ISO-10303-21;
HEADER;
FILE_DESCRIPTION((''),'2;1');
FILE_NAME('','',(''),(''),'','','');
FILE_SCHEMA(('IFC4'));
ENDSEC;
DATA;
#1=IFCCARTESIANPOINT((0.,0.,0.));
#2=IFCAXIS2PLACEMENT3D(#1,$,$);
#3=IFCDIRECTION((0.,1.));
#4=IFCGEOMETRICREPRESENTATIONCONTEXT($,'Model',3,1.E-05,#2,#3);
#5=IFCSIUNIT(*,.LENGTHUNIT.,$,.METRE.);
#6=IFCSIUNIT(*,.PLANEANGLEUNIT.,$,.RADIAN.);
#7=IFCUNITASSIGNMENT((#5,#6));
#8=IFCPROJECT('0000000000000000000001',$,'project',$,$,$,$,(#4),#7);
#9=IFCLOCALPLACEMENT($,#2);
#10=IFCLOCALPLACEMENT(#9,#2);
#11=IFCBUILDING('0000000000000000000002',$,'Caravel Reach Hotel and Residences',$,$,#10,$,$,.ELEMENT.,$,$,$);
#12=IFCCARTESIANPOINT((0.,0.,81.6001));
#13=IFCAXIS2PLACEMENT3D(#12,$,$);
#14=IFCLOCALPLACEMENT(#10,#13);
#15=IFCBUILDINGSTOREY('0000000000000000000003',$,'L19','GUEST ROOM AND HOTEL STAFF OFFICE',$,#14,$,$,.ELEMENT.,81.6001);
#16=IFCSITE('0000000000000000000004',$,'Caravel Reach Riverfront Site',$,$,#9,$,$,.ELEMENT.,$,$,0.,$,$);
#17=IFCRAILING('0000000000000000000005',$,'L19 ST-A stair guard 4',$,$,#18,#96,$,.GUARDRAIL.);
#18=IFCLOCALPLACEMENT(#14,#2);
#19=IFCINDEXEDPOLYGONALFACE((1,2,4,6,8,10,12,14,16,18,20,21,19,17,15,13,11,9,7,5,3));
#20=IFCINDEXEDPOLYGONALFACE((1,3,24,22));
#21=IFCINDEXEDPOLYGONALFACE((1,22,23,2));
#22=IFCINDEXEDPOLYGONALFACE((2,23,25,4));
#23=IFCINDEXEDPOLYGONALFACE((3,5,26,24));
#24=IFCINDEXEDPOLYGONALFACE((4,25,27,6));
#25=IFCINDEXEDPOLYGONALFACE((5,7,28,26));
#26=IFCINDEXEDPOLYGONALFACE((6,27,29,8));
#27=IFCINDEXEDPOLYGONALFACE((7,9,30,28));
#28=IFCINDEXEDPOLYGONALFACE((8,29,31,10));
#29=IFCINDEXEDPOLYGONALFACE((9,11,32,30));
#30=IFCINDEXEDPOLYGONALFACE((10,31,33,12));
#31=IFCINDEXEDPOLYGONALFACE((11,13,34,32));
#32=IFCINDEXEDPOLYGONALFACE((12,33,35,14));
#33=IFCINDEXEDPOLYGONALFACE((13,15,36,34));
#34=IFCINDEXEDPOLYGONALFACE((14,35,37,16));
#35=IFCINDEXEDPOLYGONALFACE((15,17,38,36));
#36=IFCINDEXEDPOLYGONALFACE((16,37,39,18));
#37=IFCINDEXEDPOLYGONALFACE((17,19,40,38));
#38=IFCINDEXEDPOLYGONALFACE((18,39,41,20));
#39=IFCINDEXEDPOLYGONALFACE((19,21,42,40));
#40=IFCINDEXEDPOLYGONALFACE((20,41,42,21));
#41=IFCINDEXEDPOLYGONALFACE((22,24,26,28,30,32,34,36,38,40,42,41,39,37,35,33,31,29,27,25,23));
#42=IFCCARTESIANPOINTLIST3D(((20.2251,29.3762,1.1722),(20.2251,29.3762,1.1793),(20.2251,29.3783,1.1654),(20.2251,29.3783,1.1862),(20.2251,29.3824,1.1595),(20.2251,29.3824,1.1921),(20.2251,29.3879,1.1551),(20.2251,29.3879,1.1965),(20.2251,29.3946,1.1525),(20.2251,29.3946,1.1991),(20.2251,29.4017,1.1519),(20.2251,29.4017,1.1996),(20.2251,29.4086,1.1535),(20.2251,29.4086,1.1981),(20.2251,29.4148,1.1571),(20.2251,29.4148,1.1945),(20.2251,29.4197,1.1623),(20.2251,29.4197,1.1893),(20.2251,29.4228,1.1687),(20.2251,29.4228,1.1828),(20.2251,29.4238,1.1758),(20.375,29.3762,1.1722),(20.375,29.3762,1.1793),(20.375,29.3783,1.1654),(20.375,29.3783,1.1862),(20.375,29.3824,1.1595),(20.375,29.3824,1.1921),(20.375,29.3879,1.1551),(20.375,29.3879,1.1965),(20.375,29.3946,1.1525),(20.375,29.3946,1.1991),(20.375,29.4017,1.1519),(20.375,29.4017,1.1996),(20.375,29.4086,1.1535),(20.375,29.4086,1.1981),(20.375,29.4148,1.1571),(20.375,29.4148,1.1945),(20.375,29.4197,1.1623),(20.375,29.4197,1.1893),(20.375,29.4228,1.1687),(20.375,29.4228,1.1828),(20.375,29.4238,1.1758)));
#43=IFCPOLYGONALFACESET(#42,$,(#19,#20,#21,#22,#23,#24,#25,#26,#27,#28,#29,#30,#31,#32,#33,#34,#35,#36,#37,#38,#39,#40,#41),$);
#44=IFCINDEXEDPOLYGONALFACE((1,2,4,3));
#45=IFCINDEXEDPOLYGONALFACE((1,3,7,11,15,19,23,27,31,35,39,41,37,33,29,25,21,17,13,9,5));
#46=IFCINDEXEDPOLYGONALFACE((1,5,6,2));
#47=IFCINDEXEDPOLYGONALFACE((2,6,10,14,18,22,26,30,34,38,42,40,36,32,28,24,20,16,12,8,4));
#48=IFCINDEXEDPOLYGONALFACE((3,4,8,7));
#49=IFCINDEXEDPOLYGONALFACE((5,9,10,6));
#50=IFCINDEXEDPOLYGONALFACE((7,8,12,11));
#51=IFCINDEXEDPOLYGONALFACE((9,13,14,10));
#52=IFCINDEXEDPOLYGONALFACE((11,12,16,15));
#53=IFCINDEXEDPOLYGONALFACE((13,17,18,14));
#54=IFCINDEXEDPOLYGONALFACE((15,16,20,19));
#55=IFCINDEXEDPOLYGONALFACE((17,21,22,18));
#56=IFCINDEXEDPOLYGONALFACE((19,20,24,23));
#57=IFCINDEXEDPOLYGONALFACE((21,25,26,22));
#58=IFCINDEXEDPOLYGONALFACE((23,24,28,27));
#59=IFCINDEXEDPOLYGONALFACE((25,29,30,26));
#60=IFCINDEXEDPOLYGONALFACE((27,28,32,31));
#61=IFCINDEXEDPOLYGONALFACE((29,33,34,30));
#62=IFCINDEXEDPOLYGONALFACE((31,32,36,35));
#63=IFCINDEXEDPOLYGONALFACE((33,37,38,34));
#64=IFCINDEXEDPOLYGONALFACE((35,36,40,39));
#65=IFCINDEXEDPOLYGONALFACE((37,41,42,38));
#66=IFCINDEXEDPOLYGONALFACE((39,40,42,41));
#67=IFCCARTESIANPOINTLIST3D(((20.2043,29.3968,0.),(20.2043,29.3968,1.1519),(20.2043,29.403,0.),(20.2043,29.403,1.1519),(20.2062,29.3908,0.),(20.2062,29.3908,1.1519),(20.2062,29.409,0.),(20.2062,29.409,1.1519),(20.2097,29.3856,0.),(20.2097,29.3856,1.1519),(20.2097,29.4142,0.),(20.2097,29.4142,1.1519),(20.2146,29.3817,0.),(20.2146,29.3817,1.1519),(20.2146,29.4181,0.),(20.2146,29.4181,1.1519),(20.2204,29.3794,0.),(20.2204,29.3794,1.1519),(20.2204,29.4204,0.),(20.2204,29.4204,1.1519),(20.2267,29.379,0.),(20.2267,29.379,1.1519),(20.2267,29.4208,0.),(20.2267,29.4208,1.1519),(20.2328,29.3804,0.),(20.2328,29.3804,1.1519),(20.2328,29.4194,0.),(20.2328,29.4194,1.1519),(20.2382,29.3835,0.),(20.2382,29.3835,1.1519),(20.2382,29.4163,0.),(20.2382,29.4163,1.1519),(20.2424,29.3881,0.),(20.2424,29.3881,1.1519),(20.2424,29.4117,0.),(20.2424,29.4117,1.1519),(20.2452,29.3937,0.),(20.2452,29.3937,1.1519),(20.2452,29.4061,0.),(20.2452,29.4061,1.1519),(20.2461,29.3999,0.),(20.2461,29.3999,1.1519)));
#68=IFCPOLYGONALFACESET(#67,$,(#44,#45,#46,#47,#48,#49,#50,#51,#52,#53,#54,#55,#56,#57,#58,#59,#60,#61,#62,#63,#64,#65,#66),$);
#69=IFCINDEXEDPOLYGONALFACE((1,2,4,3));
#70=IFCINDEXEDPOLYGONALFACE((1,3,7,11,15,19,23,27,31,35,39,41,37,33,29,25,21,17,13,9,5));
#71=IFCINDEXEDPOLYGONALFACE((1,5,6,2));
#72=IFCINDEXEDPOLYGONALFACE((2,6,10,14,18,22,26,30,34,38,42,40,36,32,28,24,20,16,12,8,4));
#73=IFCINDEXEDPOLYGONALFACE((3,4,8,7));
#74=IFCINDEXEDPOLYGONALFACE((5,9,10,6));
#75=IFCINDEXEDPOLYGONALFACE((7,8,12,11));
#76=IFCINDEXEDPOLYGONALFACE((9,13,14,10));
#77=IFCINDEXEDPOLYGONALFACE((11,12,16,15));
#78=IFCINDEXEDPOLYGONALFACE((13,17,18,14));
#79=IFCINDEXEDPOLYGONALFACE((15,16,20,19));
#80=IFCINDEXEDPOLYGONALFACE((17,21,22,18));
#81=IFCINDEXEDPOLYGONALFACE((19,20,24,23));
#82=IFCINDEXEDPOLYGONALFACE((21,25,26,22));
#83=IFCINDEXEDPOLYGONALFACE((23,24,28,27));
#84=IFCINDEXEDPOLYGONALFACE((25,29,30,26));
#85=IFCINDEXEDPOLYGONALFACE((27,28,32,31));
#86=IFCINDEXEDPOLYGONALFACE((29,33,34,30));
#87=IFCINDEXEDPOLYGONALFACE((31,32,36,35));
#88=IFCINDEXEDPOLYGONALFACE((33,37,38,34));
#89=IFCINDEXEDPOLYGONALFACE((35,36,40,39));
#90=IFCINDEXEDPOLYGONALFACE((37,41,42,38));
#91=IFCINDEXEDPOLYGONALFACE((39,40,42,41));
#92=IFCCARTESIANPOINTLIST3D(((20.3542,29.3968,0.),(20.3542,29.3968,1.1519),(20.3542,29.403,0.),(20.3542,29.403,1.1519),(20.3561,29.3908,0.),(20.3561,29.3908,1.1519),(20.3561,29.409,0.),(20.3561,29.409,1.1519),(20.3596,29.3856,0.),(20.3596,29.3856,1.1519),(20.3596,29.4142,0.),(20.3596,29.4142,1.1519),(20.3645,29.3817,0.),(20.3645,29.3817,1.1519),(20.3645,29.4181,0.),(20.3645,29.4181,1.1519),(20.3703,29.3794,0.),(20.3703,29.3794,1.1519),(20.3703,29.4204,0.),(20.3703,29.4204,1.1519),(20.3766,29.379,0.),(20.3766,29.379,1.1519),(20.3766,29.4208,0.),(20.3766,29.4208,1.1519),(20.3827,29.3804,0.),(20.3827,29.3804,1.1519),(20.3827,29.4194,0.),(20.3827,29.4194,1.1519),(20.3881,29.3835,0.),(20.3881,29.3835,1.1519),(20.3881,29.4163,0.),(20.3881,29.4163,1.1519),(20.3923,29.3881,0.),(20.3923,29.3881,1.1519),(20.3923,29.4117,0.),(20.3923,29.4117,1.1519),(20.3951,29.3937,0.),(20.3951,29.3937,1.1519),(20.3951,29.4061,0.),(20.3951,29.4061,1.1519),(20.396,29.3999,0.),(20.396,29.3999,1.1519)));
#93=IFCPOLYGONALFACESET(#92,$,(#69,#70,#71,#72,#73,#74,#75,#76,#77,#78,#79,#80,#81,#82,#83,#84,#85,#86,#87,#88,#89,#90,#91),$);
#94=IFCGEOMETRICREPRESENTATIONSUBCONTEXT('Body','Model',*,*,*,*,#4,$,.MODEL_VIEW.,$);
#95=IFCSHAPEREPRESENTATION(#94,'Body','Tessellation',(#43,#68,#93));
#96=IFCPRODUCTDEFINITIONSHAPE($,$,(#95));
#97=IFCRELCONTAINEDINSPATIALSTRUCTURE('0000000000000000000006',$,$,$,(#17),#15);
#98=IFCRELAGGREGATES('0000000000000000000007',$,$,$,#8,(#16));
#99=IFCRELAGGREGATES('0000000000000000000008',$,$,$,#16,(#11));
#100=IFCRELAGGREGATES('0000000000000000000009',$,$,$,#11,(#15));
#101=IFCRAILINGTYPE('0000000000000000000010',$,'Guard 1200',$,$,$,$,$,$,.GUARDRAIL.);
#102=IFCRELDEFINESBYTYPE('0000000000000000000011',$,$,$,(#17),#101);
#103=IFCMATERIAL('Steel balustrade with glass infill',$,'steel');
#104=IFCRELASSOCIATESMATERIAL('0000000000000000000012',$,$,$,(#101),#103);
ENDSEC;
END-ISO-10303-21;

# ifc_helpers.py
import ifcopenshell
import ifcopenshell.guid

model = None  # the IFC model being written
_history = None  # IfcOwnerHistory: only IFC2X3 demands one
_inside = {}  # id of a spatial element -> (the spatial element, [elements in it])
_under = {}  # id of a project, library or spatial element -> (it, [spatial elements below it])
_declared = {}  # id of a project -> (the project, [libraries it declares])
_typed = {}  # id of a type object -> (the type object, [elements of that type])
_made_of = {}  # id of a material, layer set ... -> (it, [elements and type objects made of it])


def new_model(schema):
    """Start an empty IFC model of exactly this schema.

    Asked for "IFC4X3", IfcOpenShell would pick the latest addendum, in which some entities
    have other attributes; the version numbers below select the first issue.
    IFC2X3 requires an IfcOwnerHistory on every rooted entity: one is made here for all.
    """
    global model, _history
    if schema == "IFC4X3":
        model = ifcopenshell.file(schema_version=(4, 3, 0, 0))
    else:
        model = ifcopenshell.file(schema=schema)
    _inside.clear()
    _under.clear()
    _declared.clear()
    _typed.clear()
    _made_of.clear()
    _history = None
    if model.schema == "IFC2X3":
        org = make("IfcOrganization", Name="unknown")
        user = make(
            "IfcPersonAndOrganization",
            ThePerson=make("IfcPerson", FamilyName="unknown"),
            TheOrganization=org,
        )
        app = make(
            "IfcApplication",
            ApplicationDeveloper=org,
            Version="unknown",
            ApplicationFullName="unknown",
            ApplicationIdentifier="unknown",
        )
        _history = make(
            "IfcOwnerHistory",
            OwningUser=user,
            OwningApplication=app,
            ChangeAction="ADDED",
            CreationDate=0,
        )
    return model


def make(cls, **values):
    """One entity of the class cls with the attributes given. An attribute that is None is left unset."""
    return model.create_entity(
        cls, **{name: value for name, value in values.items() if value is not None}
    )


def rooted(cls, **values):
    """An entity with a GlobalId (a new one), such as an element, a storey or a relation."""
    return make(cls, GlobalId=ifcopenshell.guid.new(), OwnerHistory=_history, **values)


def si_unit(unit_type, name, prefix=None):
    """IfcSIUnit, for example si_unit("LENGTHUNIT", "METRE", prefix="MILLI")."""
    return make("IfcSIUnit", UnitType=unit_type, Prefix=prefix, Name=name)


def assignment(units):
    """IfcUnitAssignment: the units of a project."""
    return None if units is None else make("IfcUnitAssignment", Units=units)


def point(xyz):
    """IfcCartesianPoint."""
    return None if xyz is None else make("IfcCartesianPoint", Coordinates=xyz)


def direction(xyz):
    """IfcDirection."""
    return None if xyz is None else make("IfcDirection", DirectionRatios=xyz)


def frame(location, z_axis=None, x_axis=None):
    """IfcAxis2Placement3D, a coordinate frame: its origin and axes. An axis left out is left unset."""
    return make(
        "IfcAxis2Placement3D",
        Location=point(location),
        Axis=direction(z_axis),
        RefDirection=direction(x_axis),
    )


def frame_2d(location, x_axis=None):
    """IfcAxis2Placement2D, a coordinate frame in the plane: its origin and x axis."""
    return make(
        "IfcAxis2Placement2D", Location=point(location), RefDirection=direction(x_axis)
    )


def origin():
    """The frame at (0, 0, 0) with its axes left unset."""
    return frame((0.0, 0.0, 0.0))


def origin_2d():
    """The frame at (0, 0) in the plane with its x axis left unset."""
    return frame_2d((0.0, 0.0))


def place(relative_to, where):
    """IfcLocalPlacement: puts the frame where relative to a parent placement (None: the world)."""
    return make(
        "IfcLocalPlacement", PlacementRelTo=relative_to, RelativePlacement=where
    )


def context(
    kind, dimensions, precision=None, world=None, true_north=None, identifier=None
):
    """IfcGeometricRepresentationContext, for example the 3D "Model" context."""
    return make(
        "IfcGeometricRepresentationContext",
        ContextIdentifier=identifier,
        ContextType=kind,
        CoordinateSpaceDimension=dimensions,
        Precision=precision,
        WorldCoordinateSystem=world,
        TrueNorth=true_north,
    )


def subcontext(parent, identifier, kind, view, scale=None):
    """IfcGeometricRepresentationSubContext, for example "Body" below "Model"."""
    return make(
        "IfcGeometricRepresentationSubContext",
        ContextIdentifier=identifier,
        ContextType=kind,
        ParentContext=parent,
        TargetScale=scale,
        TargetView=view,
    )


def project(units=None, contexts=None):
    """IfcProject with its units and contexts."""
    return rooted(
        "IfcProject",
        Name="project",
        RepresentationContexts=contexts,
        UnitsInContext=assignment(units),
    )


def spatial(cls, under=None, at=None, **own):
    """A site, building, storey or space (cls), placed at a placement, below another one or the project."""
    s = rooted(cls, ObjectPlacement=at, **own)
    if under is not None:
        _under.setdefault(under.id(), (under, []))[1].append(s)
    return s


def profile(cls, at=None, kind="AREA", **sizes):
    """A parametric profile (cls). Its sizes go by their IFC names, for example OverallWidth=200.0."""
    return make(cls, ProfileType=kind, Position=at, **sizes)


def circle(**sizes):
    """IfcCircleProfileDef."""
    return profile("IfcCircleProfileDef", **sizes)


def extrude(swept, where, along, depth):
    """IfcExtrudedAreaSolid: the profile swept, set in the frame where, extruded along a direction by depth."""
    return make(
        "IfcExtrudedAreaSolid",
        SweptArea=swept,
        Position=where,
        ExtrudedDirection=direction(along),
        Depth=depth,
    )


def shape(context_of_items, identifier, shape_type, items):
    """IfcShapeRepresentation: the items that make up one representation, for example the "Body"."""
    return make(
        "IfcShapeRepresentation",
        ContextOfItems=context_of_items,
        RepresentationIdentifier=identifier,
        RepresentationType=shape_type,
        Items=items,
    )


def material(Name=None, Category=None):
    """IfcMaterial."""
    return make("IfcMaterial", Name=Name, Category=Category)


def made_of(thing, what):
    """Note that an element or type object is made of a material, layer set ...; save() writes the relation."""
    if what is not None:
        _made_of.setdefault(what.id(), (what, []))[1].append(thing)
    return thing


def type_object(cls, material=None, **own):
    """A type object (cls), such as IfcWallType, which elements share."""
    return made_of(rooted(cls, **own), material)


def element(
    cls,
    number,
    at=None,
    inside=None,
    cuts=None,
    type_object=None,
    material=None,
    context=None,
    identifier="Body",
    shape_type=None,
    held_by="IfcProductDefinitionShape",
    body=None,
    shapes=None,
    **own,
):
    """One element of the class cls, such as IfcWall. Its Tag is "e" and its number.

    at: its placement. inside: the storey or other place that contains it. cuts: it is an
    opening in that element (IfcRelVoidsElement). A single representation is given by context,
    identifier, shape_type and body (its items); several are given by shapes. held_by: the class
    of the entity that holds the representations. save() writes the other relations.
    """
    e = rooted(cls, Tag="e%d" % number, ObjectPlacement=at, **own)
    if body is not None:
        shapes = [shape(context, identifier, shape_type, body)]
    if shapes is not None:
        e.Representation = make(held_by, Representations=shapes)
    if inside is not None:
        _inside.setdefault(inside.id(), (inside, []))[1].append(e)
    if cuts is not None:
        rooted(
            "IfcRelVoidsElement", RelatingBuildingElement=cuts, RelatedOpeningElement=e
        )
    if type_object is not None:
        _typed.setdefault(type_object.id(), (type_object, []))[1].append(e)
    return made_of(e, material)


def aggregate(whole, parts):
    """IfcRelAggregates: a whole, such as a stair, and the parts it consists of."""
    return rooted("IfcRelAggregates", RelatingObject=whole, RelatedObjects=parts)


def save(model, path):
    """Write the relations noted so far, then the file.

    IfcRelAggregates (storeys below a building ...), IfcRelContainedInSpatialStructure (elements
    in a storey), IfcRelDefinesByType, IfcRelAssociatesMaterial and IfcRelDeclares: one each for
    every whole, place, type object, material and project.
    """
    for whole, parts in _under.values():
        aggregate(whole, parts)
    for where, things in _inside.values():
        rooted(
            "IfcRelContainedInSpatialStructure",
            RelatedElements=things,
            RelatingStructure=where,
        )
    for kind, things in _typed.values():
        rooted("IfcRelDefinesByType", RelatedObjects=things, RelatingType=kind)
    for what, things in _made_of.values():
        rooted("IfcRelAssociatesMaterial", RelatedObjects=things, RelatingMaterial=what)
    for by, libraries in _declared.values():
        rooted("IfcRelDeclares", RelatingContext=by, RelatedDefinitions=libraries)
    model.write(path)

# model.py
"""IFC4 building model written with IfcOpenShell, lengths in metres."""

from ifc_helpers import new_model, si_unit, direction, frame, origin, origin_2d, place, context, subcontext, project, spatial, circle, extrude, material, type_object, element, save


model = new_model("IFC4")

# Units and contexts
model_context = context("Model", 3, precision=1e-05, world=origin(), true_north=direction((0.0, 1.0)))
body_context = subcontext(model_context, "Body", "Model", "MODEL_VIEW")
ifc_project = project(units=[si_unit("LENGTHUNIT", "METRE"), si_unit("PLANEANGLEUNIT", "RADIAN")], contexts=[model_context])

# Site, building, storey
site_placement = place(None, origin())
site = spatial("IfcSite", under=ifc_project, at=site_placement, Name="Caravel Reach Riverfront Site", CompositionType="ELEMENT", RefElevation=0.0)
building_placement = place(site_placement, origin())
building = spatial("IfcBuilding", under=site, at=building_placement, Name="Caravel Reach Hotel and Residences", CompositionType="ELEMENT")
storey_placement = place(building_placement, frame((0.0, 0.0, 81.6001)))
storey = spatial("IfcBuildingStorey", under=building, at=storey_placement, Name="L19", Description="GUEST ROOM AND HOTEL STAFF OFFICE", CompositionType="ELEMENT", Elevation=81.6001)

# Railing
ifc_material_1 = material(Name="Steel balustrade with glass infill", Category="steel")
railing_type_1 = type_object("IfcRailingType", Name="Guard 1200", PredefinedType="GUARDRAIL", material=ifc_material_1)
railing_1_placement = place(storey_placement, frame((20.2251, 29.3999, 0.0)))
element("IfcRailing", 1, at=railing_1_placement, inside=storey, type_object=railing_type_1, Name="L19 ST-A stair guard 4", PredefinedType="GUARDRAIL", context=body_context, shape_type="SweptSolid", body=[
    extrude(circle(Radius=0.0239, at=origin_2d()), frame((0.0, 0.0, 1.1758), z_axis=(1.0, 0.0, 0.0), x_axis=(0.0, 1.0, 0.0)), (0.0, 0.0, 1.0), 0.1499),
    extrude(circle(Radius=0.021, at=origin_2d()), origin(), (0.0, 0.0, 1.0), 1.1519),
    extrude(circle(Radius=0.021, at=origin_2d()), frame((0.1499, 0.0, 0.0)), (0.0, 0.0, 1.0), 1.1519),
])

save(model, "model.ifc")
